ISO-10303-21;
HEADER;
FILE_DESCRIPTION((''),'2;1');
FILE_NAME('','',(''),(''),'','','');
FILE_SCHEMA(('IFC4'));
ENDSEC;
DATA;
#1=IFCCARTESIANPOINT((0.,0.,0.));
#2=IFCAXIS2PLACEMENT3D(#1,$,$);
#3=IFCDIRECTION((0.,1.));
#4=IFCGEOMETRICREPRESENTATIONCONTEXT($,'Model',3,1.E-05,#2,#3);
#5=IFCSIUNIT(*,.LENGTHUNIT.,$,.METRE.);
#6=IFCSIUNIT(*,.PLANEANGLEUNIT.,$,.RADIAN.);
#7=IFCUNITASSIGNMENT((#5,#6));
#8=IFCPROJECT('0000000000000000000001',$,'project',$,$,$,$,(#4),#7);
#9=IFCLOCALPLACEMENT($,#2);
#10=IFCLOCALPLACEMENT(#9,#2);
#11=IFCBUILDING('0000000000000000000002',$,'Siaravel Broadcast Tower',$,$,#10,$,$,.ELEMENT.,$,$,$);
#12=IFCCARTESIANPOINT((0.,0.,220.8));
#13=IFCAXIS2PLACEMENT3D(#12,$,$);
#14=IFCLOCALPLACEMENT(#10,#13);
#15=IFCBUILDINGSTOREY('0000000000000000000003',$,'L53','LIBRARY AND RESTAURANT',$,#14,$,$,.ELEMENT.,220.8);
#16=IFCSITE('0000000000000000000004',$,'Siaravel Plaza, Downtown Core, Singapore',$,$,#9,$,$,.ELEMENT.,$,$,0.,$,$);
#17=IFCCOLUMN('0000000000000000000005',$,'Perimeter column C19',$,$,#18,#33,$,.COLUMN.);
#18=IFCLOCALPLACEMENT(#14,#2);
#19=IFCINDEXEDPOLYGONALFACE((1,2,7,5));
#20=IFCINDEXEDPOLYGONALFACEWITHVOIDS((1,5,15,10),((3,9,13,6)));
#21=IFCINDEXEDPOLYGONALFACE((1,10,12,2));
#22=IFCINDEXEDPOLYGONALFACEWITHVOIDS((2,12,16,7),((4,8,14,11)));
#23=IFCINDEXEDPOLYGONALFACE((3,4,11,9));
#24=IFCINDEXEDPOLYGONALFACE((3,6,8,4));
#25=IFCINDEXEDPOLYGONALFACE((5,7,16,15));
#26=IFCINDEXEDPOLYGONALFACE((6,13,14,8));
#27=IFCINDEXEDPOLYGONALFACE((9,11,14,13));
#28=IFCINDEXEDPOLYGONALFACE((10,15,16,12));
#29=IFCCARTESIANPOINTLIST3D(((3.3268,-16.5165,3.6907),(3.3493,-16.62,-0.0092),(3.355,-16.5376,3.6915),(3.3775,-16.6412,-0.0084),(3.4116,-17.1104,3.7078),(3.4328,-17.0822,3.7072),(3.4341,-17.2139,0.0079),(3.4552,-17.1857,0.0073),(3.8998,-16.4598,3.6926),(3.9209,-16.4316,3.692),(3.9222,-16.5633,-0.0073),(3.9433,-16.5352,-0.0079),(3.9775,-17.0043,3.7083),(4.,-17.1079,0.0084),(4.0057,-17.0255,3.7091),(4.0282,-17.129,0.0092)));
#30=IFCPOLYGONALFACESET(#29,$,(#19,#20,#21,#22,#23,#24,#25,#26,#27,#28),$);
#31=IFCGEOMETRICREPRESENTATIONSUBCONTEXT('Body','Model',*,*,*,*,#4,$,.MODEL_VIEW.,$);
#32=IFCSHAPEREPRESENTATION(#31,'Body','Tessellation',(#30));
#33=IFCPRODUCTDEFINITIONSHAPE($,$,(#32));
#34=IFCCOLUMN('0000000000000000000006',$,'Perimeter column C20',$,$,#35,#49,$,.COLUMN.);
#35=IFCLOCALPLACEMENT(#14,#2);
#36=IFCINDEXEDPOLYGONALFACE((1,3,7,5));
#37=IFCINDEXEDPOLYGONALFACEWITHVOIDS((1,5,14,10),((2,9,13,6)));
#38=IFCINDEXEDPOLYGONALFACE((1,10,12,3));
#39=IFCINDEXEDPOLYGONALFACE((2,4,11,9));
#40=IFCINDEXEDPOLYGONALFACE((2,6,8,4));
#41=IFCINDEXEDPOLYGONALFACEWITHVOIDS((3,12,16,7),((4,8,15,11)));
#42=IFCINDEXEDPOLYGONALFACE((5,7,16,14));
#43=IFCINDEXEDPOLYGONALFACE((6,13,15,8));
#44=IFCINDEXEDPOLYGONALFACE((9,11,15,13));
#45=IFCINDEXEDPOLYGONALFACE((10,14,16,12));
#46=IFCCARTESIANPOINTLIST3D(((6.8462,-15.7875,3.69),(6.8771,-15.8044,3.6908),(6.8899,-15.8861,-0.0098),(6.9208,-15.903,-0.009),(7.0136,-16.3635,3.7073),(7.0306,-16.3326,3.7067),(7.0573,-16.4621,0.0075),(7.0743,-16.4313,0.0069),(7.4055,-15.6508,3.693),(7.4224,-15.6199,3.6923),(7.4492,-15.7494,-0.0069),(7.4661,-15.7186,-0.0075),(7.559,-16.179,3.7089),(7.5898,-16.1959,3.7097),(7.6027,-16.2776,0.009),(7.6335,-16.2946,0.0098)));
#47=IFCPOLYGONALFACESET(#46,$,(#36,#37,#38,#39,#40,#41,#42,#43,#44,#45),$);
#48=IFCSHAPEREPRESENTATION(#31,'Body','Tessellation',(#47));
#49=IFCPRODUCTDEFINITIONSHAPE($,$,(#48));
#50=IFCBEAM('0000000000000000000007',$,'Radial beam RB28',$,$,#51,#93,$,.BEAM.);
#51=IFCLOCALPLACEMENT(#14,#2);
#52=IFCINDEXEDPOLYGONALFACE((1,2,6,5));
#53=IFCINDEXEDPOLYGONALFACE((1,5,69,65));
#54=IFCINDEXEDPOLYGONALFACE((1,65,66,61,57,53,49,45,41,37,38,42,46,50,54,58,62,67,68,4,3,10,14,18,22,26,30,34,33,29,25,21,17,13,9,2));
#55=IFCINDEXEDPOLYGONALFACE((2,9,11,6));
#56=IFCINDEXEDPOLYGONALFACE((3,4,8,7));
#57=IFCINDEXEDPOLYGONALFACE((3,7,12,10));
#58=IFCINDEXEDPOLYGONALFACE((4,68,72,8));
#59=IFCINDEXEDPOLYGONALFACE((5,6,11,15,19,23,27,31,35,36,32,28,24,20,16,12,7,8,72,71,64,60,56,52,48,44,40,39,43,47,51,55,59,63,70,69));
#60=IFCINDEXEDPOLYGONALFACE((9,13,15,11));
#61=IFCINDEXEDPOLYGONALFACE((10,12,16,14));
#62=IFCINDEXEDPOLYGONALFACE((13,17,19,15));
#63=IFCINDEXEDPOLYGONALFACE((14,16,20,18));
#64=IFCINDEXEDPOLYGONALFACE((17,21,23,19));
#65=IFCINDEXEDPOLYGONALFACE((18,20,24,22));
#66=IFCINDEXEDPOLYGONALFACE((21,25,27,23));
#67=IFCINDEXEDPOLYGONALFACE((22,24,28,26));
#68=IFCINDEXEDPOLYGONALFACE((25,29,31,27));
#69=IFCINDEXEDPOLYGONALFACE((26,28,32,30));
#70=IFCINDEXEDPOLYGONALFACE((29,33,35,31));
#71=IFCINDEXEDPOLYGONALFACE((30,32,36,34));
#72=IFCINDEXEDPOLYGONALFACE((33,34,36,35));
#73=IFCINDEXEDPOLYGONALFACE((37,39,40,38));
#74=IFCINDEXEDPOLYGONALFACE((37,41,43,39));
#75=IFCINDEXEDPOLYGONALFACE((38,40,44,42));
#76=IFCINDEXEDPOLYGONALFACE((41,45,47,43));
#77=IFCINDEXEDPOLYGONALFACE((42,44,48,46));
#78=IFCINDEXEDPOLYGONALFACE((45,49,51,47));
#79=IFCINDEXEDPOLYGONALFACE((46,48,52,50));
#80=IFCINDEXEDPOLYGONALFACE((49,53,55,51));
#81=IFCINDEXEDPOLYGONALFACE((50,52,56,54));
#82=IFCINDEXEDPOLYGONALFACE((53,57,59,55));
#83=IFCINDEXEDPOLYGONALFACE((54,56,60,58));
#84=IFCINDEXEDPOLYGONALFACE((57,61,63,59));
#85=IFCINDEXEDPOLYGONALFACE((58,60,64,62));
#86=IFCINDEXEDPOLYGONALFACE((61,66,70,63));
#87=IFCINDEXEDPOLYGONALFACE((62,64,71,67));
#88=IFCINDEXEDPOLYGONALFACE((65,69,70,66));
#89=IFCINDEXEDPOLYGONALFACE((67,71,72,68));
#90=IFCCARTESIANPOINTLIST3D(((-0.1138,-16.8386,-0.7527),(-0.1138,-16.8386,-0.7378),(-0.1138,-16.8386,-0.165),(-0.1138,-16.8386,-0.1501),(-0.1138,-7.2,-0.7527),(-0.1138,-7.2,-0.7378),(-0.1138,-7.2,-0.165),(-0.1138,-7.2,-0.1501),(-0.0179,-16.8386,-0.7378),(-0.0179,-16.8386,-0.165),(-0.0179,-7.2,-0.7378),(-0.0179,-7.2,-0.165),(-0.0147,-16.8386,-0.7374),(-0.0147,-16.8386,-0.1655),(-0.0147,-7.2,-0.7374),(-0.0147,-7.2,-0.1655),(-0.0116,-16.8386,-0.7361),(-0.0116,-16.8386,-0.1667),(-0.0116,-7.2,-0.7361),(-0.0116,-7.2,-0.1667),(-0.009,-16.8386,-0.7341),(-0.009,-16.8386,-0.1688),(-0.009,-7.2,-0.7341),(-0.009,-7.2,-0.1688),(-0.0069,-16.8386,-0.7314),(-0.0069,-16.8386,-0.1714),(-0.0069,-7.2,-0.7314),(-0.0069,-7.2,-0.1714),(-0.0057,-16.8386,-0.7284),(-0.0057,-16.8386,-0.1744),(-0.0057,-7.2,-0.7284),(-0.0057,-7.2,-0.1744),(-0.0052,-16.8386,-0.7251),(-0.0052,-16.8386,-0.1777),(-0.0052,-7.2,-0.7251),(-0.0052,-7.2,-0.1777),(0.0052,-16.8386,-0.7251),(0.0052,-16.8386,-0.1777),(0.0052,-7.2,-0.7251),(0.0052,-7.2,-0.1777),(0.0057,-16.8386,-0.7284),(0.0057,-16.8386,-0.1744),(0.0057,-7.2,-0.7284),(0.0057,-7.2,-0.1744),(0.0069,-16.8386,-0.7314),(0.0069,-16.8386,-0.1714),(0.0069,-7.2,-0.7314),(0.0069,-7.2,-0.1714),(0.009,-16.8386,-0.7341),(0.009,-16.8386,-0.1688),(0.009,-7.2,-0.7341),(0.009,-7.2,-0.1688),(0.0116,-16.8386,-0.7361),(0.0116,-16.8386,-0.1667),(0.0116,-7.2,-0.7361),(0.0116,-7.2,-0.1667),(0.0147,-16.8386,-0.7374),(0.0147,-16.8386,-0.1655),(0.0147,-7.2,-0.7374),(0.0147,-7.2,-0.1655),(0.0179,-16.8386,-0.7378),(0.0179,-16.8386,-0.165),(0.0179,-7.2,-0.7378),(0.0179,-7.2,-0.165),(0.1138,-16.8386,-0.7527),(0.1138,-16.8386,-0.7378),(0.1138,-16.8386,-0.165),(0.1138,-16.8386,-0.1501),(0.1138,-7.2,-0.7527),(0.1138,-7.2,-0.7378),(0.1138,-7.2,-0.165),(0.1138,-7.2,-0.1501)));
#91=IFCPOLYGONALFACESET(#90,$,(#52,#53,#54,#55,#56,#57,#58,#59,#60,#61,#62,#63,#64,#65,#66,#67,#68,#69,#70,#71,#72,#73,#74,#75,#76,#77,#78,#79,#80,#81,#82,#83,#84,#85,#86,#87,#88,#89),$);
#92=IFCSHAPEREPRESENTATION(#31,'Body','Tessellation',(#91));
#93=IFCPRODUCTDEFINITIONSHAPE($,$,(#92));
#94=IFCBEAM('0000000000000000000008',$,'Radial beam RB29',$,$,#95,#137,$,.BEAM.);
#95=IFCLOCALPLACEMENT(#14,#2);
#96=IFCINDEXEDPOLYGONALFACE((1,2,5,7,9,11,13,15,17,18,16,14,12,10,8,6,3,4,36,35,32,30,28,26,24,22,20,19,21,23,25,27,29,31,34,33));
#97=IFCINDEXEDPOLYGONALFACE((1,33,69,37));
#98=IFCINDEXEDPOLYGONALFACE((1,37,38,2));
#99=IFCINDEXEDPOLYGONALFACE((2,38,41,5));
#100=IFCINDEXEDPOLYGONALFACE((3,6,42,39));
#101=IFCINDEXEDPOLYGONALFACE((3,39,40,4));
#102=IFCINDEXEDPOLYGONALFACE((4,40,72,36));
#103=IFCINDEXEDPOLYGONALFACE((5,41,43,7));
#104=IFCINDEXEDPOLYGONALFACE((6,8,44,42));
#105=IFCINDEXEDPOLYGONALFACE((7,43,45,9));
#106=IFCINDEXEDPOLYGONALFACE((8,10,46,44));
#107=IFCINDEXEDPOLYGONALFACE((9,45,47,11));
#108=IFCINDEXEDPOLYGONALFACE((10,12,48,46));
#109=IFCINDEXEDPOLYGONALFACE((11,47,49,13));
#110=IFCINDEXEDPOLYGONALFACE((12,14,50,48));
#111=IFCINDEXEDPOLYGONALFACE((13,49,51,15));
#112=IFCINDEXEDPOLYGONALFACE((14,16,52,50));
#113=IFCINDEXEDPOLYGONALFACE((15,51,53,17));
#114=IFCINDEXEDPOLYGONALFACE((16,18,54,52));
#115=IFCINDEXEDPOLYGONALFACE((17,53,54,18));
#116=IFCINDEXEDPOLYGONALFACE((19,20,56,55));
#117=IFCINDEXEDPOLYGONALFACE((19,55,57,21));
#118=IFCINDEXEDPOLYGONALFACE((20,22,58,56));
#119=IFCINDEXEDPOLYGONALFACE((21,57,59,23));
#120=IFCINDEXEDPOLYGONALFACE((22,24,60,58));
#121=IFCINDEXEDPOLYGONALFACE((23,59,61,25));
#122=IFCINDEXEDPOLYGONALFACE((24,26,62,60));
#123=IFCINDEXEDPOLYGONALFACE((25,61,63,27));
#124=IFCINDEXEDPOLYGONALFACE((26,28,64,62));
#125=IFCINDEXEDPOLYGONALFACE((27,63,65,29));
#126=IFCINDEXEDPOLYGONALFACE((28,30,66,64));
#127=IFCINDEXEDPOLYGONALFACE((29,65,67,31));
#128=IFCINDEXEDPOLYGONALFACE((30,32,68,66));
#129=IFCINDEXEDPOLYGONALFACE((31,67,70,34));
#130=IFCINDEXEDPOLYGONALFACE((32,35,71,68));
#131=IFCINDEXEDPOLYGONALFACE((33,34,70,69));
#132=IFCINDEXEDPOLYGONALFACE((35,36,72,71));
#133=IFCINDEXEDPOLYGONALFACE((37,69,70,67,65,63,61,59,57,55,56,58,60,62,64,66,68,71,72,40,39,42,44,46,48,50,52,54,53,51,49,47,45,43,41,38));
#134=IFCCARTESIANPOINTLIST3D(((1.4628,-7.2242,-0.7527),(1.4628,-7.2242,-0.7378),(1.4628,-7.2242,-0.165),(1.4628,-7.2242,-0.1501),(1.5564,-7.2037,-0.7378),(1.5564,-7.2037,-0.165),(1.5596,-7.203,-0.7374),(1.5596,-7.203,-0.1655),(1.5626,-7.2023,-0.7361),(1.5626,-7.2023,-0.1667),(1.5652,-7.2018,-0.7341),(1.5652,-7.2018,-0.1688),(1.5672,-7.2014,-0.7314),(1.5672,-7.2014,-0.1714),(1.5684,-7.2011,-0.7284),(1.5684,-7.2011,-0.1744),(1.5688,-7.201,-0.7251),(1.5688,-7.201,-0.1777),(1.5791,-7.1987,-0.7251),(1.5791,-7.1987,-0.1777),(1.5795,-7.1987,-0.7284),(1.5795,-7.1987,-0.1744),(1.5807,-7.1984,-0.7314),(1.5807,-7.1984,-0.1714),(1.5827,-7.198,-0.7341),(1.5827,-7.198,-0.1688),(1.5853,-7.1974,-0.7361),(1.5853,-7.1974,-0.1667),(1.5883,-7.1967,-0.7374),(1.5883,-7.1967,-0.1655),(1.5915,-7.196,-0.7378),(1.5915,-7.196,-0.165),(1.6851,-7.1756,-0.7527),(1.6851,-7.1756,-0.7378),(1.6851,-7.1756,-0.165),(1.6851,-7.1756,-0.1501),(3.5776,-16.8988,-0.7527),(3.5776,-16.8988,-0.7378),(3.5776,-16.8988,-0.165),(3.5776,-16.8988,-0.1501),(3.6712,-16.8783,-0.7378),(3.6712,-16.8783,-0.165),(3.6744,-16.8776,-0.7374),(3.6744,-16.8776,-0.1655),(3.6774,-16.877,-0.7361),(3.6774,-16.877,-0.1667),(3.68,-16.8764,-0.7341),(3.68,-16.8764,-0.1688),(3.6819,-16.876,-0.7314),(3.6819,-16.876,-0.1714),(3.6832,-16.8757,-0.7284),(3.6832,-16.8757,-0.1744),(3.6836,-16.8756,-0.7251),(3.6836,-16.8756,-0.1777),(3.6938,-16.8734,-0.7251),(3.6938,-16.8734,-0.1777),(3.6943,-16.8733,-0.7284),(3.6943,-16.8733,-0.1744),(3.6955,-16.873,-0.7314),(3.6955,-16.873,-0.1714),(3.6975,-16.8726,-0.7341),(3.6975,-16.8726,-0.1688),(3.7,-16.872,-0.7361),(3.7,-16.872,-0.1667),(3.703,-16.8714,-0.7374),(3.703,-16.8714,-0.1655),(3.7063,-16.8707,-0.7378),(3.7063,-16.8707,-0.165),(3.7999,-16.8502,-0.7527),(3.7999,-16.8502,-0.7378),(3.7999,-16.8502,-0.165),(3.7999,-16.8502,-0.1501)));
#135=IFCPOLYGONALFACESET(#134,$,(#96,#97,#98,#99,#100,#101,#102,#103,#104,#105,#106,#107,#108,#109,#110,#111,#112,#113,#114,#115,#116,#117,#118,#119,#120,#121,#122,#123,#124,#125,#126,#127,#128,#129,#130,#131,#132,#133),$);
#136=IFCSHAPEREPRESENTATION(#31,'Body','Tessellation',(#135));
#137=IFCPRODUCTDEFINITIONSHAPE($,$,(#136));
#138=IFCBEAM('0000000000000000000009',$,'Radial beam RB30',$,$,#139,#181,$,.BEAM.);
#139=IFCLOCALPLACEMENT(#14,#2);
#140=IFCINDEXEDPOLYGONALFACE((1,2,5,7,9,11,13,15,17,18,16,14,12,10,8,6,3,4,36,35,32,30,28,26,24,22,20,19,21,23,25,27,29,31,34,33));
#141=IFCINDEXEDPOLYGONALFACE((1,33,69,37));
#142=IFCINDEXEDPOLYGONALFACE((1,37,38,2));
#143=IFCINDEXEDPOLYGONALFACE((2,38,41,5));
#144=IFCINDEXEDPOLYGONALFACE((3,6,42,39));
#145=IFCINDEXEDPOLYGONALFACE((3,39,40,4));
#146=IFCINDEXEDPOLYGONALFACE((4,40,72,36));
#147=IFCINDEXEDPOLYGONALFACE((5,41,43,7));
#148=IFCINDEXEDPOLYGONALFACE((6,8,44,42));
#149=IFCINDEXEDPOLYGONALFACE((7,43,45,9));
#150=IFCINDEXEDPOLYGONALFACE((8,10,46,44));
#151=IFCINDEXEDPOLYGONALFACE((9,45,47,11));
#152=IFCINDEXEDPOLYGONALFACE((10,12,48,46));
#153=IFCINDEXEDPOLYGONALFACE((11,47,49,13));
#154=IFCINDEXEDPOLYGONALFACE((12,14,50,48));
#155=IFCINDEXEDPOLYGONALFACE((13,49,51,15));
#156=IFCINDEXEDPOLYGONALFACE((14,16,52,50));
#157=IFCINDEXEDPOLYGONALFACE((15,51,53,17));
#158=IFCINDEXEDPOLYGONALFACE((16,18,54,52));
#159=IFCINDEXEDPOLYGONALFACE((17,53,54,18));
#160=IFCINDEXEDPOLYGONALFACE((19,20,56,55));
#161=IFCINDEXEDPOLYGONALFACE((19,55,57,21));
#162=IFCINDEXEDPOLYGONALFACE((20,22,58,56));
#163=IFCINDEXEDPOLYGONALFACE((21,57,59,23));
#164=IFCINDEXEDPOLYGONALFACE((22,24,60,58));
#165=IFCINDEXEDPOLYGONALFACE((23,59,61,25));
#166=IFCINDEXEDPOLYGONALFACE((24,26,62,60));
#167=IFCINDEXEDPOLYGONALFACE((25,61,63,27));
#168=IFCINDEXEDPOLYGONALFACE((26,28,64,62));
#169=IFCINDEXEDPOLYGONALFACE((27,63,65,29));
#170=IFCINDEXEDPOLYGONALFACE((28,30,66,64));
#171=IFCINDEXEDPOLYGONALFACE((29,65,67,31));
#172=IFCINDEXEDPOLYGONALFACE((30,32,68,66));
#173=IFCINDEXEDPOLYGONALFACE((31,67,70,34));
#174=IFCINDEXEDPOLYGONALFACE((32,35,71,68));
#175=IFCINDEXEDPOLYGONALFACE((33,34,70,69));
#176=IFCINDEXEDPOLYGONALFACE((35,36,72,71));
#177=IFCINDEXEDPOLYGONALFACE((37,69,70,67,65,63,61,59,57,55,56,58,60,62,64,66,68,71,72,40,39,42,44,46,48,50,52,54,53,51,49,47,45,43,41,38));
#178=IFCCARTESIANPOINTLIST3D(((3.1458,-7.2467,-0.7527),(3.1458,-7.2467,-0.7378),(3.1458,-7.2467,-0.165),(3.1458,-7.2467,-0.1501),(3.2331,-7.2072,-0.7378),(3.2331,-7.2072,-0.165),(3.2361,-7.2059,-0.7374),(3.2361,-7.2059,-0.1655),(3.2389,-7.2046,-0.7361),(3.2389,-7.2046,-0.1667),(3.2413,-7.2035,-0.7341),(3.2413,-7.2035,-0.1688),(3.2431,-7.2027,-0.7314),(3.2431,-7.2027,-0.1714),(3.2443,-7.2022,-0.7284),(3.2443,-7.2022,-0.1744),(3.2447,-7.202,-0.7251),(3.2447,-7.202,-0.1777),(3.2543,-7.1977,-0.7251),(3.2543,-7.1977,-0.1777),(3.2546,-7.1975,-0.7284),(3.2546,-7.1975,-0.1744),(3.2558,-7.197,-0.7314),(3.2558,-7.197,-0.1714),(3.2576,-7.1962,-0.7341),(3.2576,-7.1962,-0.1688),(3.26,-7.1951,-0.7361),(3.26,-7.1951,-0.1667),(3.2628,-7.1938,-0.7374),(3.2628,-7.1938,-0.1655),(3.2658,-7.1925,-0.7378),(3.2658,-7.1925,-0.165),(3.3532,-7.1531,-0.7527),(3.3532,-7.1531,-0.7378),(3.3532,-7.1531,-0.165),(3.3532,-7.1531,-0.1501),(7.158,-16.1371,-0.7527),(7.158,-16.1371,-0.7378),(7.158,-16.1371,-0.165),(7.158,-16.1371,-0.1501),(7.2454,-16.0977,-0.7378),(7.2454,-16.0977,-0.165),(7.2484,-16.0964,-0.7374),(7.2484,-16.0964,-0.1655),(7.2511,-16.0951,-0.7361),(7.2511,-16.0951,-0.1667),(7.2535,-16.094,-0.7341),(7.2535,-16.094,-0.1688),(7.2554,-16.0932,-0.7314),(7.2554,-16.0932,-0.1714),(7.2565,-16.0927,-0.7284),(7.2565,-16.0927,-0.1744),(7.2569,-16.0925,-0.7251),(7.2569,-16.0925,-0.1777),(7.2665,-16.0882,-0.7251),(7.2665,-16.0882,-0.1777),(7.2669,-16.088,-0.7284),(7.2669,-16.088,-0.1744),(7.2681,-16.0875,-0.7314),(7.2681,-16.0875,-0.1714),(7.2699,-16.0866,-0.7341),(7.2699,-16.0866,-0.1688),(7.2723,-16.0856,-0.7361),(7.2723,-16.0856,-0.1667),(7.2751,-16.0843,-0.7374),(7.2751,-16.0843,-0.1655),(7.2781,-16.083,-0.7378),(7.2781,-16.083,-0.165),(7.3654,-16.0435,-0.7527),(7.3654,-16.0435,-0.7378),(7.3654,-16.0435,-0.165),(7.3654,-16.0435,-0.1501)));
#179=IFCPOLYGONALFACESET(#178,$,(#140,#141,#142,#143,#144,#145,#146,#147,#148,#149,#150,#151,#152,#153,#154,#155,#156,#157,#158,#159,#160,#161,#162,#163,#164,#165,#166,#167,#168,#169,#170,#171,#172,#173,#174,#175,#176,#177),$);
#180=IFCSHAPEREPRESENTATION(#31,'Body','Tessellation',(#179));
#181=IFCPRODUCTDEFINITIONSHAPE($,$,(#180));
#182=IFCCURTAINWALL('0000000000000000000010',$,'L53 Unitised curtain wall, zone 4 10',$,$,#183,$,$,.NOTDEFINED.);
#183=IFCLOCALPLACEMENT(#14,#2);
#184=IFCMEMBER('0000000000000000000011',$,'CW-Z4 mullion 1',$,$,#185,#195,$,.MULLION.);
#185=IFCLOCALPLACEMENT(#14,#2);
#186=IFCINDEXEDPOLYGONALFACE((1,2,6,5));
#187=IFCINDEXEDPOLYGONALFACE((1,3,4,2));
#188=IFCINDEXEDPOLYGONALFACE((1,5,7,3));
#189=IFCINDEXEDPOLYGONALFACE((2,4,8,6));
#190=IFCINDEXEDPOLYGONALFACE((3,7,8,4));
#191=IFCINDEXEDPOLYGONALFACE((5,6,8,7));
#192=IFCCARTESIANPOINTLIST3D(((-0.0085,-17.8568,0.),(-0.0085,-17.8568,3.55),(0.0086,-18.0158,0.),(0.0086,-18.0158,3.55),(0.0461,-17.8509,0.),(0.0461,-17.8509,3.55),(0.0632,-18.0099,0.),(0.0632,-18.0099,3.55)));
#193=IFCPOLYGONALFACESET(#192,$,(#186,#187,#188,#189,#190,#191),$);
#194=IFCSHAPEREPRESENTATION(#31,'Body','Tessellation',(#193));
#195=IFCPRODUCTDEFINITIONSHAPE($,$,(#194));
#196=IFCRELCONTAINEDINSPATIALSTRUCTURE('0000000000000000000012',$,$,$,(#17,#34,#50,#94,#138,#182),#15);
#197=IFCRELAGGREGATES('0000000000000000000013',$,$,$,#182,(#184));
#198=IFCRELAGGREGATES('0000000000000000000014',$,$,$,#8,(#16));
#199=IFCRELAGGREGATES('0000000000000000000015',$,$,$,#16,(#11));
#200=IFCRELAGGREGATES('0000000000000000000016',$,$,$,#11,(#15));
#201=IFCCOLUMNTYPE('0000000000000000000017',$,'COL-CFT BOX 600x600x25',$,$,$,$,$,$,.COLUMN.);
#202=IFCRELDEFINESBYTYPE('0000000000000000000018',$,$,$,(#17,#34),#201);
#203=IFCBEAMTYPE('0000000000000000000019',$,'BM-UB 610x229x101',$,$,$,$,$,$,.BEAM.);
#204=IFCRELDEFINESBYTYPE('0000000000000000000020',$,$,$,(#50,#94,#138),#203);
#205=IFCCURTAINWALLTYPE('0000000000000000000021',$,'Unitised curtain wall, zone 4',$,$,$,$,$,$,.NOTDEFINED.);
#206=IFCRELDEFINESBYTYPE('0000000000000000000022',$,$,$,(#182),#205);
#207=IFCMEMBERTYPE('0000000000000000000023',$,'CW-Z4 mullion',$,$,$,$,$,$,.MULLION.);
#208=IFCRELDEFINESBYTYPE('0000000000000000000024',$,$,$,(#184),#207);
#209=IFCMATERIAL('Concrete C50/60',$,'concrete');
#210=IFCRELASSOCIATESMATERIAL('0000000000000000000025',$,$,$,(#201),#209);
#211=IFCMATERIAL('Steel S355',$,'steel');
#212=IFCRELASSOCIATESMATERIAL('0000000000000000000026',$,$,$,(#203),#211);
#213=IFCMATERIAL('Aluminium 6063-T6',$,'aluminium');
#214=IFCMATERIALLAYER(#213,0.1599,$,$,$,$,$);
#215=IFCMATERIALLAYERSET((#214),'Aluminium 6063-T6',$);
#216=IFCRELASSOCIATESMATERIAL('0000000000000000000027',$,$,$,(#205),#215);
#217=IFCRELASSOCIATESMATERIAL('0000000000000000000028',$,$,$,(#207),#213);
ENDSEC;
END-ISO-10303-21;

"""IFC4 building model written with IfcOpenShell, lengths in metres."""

from ifc_helpers import new_model, si_unit, direction, frame, origin, origin_2d, place, context, subcontext, project, spatial, rectangle, hollow_rectangle, i_section, extrude, material, layer, layer_set, material_profile, profile_set, type_object, element, aggregate, save


model = new_model("IFC4")

# Units and contexts
model_context = context("Model", 3, precision=1e-05, world=origin(), true_north=direction((0.0, 1.0)))
body_context = subcontext(model_context, "Body", "Model", "MODEL_VIEW")
ifc_project = project(units=[si_unit("LENGTHUNIT", "METRE"), si_unit("PLANEANGLEUNIT", "RADIAN")], contexts=[model_context])

# Site, building, storey
site_placement = place(None, origin())
site = spatial("IfcSite", under=ifc_project, at=site_placement, Name="Siaravel Plaza, Downtown Core, Singapore", CompositionType="ELEMENT", RefElevation=0.0)
building_placement = place(site_placement, origin())
building = spatial("IfcBuilding", under=site, at=building_placement, Name="Siaravel Broadcast Tower", CompositionType="ELEMENT")
storey_placement = place(building_placement, frame((0.0, 0.0, 220.8)))
storey = spatial("IfcBuildingStorey", under=building, at=storey_placement, Name="L53", Description="LIBRARY AND RESTAURANT", CompositionType="ELEMENT", Elevation=220.8)

# Columns
ifc_material_1 = material(Name="Concrete C50/60", Category="concrete")
ifc_material_profile_1 = material_profile(ifc_material_1, hollow_rectangle(XDim=0.6001, YDim=0.6001, WallThickness=0.0249, at=origin_2d()))
ifc_profile_set_1 = profile_set([ifc_material_profile_1], Name="Concrete C50/60")
column_type = type_object("IfcColumnType", Name="COL-CFT BOX 600x600x25", PredefinedType="COLUMN", material=ifc_profile_set_1)
for number, where, z_axis, x_axis, name in (
    (1, (3.6887, -16.8745, 0.0), (-0.006068, 0.027966, 0.99959), (-0.989943, -0.141454, -0.002052), "Perimeter column C19"),
    (2, (7.2617, -16.0903, 0.0), (-0.011806, 0.026647, 0.999575), (-0.960233, -0.279171, -0.003899), "Perimeter column C20"),
):
    element("IfcColumn", number, at=place(storey_placement, frame(where, z_axis=z_axis, x_axis=x_axis)), inside=storey, type_object=column_type, Name=name, PredefinedType="COLUMN", context=body_context, shape_type="SweptSolid", body=[
        extrude(hollow_rectangle(XDim=0.6001, YDim=0.6001, WallThickness=0.0249, at=origin_2d()), origin(), (0.0, 0.0, 1.0), 3.7014),
    ])

# Beams
ifc_material_2 = material(Name="Steel S355", Category="steel")
ifc_material_profile_2 = material_profile(ifc_material_2, i_section(OverallWidth=0.2275, OverallDepth=0.6025, WebThickness=0.0105, FlangeThickness=0.0149, FilletRadius=0.0127, at=origin_2d()))
ifc_profile_set_2 = profile_set([ifc_material_profile_2], Name="Steel S355")
beam_type = type_object("IfcBeamType", Name="BM-UB 610x229x101", PredefinedType="BEAM", material=ifc_profile_set_2)
beam_1_placement = place(storey_placement, frame((0.0, -16.8386, -0.4514), z_axis=(0.0, 1.0, 0.0), x_axis=(-1.0, 0.0, 0.0)))
element("IfcBeam", 3, at=beam_1_placement, inside=storey, type_object=beam_type, Name="Radial beam RB28", PredefinedType="BEAM", context=body_context, shape_type="SweptSolid", body=[
    extrude(i_section(OverallWidth=0.2275, OverallDepth=0.6025, WebThickness=0.0105, FlangeThickness=0.0149, FilletRadius=0.0127, at=origin_2d()), origin(), (0.0, 0.0, 1.0), 9.6387),
])
beam_2_placement = place(storey_placement, frame((3.6887, -16.8745, -0.4514), z_axis=(-0.213546, 0.976933, 0.0), x_axis=(-0.976933, -0.213546, 0.0)))
element("IfcBeam", 4, at=beam_2_placement, inside=storey, type_object=beam_type, Name="Radial beam RB29", PredefinedType="BEAM", context=body_context, shape_type="SweptSolid", body=[
    extrude(i_section(OverallWidth=0.2275, OverallDepth=0.6025, WebThickness=0.0105, FlangeThickness=0.0149, FilletRadius=0.0127, at=origin_2d()), origin(), (0.0, 0.0, 1.0), 9.9031),
])
beam_3_placement = place(storey_placement, frame((7.2617, -16.0903, -0.4514), z_axis=(-0.411348, 0.911478, 0.0), x_axis=(-0.911478, -0.411348, 0.0)))
element("IfcBeam", 5, at=beam_3_placement, inside=storey, type_object=beam_type, Name="Radial beam RB30", PredefinedType="BEAM", context=body_context, shape_type="SweptSolid", body=[
    extrude(i_section(OverallWidth=0.2275, OverallDepth=0.6025, WebThickness=0.0105, FlangeThickness=0.0149, FilletRadius=0.0127, at=origin_2d()), origin(), (0.0, 0.0, 1.0), 9.7539),
])

# Curtain wall, member
ifc_material_3 = material(Name="Aluminium 6063-T6", Category="aluminium")
ifc_layer_1 = layer(ifc_material_3, 0.1599)
ifc_layer_set_1 = layer_set([ifc_layer_1], Name="Aluminium 6063-T6")
curtain_wall_type = type_object("IfcCurtainWallType", Name="Unitised curtain wall, zone 4", PredefinedType="NOTDEFINED", material=ifc_layer_set_1)
curtain_wall_1_placement = place(storey_placement, origin())
curtain_wall_1 = element("IfcCurtainWall", 6, at=curtain_wall_1_placement, inside=storey, type_object=curtain_wall_type, Name="L53 Unitised curtain wall, zone 4 10", PredefinedType="NOTDEFINED")
ifc_material_profile_3 = material_profile(ifc_material_3, rectangle(XDim=0.1599, YDim=0.0549, at=origin_2d()))
ifc_profile_set_3 = profile_set([ifc_material_profile_3], Name="Aluminium 6063-T6")
member_type_1 = type_object("IfcMemberType", Name="CW-Z4 mullion", PredefinedType="MULLION", material=ifc_profile_set_3)
member_1_placement = place(storey_placement, frame((0.0273, -17.9333, 0.0), z_axis=(0.0, 0.0, 1.0), x_axis=(-0.107218, 0.994236, 0.0)))
member_1 = element("IfcMember", 7, at=member_1_placement, type_object=member_type_1, Name="CW-Z4 mullion 1", PredefinedType="MULLION", context=body_context, shape_type="SweptSolid", body=[
    extrude(rectangle(XDim=0.1599, YDim=0.0549, at=origin_2d()), origin(), (0.0, 0.0, 1.0), 3.55),
])

aggregate(curtain_wall_1, [member_1])

save(model, "model.ifc")
